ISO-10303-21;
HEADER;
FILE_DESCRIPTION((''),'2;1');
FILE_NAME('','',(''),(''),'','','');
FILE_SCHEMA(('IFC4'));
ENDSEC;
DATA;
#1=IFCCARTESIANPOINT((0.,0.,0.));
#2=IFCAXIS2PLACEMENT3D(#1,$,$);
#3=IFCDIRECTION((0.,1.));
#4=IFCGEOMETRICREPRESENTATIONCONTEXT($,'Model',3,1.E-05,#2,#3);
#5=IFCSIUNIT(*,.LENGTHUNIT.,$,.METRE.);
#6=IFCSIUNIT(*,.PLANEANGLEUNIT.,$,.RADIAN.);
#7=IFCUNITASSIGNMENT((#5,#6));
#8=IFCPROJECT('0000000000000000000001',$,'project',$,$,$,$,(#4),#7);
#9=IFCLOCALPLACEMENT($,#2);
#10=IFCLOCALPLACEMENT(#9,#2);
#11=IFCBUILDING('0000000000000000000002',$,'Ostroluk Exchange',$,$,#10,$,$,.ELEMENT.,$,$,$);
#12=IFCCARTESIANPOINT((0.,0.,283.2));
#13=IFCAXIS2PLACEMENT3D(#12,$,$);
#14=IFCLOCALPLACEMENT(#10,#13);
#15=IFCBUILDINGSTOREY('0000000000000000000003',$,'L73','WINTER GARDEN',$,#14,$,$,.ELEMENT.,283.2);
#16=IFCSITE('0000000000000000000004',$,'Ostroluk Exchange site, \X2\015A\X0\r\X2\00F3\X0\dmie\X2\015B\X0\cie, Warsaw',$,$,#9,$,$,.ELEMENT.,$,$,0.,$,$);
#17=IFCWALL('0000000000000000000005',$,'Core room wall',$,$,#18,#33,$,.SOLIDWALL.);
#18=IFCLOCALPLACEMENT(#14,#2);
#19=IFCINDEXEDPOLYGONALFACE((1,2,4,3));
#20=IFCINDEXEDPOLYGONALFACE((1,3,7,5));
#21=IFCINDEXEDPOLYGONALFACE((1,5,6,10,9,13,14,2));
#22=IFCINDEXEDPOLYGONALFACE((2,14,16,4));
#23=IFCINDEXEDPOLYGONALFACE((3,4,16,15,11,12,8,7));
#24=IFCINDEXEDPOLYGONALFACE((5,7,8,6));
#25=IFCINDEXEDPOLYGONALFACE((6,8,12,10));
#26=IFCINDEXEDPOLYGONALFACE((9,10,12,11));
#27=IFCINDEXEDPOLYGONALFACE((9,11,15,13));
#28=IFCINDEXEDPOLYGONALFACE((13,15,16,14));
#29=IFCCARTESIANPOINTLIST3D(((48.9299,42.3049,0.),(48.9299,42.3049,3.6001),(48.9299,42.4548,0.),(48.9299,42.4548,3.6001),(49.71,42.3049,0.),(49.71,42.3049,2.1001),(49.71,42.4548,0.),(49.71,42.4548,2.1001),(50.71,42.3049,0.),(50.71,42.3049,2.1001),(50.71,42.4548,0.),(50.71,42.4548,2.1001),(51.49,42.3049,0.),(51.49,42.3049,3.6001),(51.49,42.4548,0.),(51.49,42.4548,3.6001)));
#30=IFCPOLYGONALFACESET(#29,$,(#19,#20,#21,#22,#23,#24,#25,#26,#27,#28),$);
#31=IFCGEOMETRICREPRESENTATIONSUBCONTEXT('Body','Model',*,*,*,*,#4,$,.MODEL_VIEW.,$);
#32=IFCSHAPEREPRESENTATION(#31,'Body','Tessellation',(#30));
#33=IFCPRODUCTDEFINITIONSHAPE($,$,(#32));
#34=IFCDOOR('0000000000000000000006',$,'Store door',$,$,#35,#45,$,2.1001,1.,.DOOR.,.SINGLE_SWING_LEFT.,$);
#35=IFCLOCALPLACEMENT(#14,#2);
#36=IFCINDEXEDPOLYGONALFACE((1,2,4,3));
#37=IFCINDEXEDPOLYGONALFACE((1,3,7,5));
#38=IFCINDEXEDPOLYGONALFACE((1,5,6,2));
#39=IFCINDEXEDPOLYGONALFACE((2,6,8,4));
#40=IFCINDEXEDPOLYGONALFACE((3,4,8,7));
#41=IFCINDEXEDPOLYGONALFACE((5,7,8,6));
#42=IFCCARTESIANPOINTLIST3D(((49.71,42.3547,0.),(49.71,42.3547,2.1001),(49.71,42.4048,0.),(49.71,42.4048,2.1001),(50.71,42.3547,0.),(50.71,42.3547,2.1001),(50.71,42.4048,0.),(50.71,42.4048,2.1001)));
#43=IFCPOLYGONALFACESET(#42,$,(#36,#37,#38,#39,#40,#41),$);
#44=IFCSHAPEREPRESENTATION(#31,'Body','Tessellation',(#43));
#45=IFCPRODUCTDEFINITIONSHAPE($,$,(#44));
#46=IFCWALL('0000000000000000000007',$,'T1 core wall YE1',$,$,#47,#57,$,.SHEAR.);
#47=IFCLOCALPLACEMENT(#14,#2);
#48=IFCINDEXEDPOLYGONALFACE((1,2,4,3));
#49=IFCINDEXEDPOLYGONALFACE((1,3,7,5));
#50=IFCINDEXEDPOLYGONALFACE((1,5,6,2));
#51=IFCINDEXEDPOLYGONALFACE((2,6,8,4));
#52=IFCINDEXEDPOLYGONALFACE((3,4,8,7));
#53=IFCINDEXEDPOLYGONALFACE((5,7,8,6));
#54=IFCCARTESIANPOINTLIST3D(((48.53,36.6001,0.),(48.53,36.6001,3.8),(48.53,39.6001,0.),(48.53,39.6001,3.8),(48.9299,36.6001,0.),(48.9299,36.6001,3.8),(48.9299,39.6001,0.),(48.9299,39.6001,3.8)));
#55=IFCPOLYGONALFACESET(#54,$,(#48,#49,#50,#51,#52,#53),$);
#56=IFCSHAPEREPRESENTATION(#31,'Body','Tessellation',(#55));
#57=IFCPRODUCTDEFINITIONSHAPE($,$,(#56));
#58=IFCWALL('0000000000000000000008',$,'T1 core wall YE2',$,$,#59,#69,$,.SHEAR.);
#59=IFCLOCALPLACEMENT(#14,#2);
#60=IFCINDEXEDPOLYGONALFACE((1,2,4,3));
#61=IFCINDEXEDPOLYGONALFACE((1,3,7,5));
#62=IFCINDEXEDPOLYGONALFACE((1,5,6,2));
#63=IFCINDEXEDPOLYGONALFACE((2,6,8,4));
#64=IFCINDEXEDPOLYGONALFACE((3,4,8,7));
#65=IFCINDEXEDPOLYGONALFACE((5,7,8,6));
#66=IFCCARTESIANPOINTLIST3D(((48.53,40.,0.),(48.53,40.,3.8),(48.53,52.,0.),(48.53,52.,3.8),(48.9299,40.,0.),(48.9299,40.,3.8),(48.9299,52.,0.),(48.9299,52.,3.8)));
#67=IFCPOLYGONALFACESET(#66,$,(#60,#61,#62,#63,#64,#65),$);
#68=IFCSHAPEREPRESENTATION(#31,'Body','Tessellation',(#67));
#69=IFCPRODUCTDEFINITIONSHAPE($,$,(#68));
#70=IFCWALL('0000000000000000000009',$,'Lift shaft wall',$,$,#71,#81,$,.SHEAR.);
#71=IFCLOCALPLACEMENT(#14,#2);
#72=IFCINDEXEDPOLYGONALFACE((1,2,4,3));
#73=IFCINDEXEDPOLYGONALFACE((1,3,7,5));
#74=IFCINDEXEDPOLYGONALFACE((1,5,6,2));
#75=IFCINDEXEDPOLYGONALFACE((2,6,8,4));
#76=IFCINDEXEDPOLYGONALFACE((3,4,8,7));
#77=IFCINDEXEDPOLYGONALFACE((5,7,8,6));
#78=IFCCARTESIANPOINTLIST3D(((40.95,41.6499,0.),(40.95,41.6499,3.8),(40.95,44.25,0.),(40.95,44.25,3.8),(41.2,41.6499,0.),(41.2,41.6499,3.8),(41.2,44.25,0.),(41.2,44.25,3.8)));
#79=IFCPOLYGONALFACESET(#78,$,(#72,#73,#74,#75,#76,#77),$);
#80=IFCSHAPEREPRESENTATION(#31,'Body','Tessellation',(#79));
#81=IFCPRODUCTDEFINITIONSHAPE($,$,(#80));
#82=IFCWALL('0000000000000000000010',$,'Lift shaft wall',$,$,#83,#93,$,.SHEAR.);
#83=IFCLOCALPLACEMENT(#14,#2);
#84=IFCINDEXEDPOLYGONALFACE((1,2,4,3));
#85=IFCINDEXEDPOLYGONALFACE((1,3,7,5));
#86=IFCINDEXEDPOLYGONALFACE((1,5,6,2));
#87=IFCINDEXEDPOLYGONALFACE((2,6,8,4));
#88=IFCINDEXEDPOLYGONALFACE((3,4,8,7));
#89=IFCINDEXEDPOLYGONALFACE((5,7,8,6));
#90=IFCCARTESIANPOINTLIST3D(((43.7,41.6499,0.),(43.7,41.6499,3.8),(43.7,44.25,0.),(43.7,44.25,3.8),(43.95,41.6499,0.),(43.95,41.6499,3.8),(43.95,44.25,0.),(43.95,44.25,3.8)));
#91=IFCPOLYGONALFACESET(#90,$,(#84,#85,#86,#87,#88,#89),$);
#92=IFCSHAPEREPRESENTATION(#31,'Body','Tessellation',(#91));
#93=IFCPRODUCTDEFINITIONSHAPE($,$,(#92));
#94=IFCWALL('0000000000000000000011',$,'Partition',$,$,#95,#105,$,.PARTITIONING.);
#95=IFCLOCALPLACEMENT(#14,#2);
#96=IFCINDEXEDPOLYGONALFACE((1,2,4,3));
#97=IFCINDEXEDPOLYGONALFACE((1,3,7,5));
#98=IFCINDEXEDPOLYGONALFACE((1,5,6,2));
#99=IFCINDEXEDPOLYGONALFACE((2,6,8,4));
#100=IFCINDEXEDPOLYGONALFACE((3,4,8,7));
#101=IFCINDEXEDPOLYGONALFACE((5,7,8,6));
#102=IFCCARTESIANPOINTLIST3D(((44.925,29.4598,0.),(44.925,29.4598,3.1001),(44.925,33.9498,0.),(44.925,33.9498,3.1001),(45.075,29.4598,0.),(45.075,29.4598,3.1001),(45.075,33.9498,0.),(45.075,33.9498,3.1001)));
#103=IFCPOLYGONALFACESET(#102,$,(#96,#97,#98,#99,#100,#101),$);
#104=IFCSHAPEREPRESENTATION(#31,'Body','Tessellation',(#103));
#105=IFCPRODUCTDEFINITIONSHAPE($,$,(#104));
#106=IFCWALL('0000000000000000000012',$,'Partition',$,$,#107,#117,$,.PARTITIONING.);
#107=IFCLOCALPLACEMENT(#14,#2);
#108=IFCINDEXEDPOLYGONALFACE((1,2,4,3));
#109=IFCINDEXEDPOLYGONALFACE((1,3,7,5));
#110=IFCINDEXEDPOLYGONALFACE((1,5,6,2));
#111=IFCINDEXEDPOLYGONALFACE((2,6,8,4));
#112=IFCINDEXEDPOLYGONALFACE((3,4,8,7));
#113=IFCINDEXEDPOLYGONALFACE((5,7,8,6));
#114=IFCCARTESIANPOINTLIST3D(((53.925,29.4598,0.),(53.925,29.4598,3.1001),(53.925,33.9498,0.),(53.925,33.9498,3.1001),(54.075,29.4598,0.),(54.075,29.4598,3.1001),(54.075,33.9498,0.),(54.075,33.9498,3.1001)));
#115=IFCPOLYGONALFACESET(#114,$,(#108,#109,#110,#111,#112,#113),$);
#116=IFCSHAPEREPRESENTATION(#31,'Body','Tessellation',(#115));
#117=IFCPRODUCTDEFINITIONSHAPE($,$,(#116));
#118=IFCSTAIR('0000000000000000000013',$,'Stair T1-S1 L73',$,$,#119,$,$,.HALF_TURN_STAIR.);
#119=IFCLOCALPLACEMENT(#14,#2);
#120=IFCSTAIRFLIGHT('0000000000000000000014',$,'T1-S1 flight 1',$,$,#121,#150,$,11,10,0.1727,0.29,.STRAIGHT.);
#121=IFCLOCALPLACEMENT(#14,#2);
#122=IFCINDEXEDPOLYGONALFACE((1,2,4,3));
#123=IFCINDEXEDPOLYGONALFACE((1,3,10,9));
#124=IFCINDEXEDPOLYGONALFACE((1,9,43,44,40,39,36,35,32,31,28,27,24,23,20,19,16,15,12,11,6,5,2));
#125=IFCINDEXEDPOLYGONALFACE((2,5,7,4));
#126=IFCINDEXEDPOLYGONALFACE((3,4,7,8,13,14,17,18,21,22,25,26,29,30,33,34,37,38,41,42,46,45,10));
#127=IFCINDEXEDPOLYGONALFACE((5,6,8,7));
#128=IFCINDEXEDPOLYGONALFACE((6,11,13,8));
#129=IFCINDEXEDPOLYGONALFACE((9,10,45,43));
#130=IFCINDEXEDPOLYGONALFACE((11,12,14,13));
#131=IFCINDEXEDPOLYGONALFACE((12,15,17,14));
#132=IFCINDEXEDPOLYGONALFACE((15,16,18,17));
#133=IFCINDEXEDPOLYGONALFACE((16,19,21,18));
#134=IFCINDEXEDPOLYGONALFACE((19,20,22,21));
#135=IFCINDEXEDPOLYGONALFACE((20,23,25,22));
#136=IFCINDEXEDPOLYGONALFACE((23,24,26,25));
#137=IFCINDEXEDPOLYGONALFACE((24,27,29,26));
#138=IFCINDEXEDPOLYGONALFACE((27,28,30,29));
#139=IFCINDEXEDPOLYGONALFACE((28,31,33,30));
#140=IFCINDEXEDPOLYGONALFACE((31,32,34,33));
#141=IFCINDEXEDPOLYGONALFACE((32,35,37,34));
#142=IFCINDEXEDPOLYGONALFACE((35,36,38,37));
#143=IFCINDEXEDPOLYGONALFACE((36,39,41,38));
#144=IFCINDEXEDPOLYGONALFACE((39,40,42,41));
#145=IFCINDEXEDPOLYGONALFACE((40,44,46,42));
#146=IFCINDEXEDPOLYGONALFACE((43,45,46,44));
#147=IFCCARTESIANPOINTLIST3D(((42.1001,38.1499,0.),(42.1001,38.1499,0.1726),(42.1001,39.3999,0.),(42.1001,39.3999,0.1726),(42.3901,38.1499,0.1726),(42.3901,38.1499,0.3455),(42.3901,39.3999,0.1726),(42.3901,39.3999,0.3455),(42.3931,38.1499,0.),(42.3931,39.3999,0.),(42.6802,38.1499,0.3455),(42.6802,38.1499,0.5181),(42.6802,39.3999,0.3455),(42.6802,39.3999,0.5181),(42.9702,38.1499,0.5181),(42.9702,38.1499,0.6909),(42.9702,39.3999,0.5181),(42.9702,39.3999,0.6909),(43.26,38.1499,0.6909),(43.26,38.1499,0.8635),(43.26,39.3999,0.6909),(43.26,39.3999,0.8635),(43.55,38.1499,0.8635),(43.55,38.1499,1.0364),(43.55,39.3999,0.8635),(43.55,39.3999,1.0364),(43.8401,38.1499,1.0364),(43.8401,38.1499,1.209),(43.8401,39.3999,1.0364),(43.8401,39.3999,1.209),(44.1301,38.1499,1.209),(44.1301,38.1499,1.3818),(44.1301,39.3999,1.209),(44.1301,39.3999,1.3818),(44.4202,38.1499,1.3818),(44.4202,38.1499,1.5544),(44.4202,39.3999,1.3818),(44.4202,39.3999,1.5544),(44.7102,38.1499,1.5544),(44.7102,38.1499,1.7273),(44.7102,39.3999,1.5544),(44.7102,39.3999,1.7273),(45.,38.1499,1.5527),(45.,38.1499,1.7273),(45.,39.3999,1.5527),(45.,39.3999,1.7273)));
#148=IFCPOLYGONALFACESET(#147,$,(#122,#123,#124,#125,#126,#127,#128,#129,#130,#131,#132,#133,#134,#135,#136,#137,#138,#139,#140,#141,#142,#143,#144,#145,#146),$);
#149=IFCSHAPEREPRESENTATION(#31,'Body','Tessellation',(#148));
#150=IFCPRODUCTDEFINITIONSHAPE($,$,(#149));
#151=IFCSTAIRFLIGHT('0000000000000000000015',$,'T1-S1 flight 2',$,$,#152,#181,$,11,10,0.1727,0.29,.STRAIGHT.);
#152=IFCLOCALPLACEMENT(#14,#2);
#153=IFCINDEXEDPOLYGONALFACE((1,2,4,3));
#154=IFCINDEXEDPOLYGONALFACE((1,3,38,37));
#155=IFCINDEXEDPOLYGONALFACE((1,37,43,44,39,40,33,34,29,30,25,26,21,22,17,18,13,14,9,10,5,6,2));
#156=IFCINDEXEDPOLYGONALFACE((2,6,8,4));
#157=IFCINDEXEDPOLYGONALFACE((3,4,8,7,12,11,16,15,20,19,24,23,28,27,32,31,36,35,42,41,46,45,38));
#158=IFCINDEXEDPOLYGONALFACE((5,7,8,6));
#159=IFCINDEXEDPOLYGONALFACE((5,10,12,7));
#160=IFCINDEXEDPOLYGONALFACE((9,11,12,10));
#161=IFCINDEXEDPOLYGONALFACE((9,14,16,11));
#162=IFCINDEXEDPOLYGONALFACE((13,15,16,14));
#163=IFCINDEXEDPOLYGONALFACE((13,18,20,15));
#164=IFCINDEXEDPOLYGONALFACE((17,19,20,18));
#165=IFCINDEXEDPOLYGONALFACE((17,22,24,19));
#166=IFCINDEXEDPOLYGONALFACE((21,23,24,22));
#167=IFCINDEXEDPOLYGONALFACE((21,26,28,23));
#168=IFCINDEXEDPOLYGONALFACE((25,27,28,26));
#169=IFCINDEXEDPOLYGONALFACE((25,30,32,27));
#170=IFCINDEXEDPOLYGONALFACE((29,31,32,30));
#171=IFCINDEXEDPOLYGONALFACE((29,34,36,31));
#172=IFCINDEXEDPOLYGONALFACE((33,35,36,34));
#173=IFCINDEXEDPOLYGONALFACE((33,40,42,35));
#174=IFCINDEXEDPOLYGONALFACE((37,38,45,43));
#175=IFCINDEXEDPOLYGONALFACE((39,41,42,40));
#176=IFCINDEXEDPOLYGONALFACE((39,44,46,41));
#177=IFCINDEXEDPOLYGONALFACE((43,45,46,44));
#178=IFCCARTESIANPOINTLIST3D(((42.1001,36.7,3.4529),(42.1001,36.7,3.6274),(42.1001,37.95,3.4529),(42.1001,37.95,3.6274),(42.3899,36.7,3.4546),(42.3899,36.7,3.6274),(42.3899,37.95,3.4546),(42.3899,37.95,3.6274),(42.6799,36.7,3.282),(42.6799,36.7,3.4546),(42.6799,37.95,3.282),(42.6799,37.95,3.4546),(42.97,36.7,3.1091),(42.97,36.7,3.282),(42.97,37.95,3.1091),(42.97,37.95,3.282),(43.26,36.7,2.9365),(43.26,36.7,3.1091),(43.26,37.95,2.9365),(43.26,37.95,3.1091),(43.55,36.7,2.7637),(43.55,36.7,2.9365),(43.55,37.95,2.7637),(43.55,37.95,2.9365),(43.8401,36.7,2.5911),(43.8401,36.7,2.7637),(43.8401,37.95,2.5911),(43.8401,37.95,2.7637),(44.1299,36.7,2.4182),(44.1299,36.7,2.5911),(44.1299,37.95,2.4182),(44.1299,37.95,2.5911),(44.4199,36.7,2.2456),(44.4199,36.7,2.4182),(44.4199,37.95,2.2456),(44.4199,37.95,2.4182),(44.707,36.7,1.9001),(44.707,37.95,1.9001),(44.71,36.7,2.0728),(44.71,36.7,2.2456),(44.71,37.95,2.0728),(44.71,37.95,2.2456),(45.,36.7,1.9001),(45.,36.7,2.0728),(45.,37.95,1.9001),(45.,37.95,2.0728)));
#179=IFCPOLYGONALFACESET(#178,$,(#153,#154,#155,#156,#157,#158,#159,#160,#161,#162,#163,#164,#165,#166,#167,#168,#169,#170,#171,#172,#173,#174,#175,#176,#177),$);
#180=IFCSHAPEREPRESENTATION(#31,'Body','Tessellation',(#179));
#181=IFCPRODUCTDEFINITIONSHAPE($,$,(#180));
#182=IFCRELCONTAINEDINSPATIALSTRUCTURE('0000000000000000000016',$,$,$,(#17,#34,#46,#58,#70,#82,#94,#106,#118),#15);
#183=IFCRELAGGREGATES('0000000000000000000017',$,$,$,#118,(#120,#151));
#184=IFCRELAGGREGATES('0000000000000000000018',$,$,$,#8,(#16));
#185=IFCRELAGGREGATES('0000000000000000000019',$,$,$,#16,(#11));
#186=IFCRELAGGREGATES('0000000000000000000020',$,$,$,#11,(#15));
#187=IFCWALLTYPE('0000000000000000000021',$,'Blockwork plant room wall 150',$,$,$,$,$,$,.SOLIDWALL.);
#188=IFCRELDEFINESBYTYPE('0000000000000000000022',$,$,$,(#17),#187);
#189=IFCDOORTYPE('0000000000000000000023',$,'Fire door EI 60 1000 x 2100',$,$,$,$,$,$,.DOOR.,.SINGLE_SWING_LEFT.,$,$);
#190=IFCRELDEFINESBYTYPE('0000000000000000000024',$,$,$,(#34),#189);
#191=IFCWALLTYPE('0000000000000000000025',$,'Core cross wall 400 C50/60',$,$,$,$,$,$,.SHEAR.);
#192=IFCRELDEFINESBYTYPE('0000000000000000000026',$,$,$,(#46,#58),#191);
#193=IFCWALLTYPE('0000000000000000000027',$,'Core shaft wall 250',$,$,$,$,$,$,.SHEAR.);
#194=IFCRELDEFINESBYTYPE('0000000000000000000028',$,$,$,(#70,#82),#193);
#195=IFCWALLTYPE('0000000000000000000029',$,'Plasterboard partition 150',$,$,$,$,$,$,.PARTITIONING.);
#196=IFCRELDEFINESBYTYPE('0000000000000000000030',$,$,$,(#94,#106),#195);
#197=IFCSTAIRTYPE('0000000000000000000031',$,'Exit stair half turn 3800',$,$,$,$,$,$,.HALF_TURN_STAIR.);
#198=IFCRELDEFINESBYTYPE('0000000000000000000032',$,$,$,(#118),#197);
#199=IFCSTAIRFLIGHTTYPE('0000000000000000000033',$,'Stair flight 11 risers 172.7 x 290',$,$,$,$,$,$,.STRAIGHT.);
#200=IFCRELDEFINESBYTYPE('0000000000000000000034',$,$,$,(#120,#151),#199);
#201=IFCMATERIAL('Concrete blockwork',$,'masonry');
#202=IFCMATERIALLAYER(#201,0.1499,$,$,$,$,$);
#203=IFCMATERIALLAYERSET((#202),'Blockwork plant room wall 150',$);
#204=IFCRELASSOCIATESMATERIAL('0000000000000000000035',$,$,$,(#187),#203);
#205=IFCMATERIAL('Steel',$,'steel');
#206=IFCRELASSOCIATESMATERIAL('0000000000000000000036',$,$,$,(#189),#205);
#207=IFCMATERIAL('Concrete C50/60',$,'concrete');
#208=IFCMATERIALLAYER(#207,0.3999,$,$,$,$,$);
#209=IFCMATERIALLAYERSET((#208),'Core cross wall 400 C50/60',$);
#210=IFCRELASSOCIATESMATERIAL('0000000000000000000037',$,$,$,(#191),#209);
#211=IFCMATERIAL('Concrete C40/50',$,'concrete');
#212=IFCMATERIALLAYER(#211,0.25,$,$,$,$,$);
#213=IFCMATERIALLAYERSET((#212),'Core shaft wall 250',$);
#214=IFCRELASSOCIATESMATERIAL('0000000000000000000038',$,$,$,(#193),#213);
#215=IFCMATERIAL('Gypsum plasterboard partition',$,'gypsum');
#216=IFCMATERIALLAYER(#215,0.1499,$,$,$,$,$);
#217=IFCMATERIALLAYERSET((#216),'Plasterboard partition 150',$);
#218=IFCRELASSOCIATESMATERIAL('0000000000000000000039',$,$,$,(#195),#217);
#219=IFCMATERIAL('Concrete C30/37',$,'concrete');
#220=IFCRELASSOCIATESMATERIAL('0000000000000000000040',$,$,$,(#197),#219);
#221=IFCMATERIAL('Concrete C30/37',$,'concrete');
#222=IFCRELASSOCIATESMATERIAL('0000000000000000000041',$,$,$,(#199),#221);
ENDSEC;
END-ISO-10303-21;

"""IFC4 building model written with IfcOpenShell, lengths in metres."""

from ifc_helpers import new_model, si_unit, direction, frame, frame_2d, origin, place, context, subcontext, project, spatial, polyline, rectangle, outline, extrude, material, layer, layer_set, type_object, element, fill, aggregate, save


model = new_model("IFC4")

# Units and contexts
model_context = context("Model", 3, precision=1e-05, world=origin(), true_north=direction((0.0, 1.0)))
body_context = subcontext(model_context, "Body", "Model", "MODEL_VIEW")
ifc_project = project(units=[si_unit("LENGTHUNIT", "METRE"), si_unit("PLANEANGLEUNIT", "RADIAN")], contexts=[model_context])

# Site, building, storey
site_placement = place(None, origin())
site = spatial("IfcSite", under=ifc_project, at=site_placement, Name="Ostroluk Exchange site, Śródmieście, Warsaw", CompositionType="ELEMENT", RefElevation=0.0)
building_placement = place(site_placement, origin())
building = spatial("IfcBuilding", under=site, at=building_placement, Name="Ostroluk Exchange", CompositionType="ELEMENT")
storey_placement = place(building_placement, frame((0.0, 0.0, 283.2)))
storey = spatial("IfcBuildingStorey", under=building, at=storey_placement, Name="L73", Description="WINTER GARDEN", CompositionType="ELEMENT", Elevation=283.2)

# Wall, opening, door
ifc_material_1 = material(Name="Concrete blockwork", Category="masonry")
ifc_layer_1 = layer(ifc_material_1, 0.1499)
ifc_layer_set_1 = layer_set([ifc_layer_1], Name="Blockwork plant room wall 150")
wall_type_1 = type_object("IfcWallType", Name="Blockwork plant room wall 150", PredefinedType="SOLIDWALL", material=ifc_layer_set_1)
wall_1_placement = place(storey_placement, frame((48.9299, 42.3799, 0.0), z_axis=(0.0, 0.0, 1.0), x_axis=(1.0, 0.0, 0.0)))
wall_1 = element("IfcWall", 1, at=wall_1_placement, inside=storey, type_object=wall_type_1, Name="Core room wall", PredefinedType="SOLIDWALL", context=body_context, shape_type="SweptSolid", body=[
    extrude(rectangle(XDim=2.5601, YDim=0.1499, at=frame_2d((1.28, 0.0))), origin(), (0.0, 0.0, 1.0), 3.6001),
])
opening_1_placement = place(wall_1_placement, frame((0.78, 0.0, 0.0)))
opening_1 = element("IfcOpeningElement", 2, at=opening_1_placement, cuts=wall_1, PredefinedType="OPENING", context=body_context, shape_type="SweptSolid", body=[
    extrude(rectangle(XDim=1.0, YDim=2.1001, at=frame_2d((0.5, 1.05))), frame((0.0, 0.085, 0.0), z_axis=(0.0, -1.0, 0.0), x_axis=(1.0, 0.0, 0.0)), (0.0, 0.0, 1.0), 0.1699),
])
ifc_material_2 = material(Name="Steel", Category="steel")
door_type_1 = type_object("IfcDoorType", Name="Fire door EI 60 1000 x 2100", OperationType="SINGLE_SWING_LEFT", PredefinedType="DOOR", material=ifc_material_2)
door_1_placement = place(opening_1_placement, origin())
door_1 = element("IfcDoor", 3, at=door_1_placement, inside=storey, type_object=door_type_1, Name="Store door", OperationType="SINGLE_SWING_LEFT", OverallHeight=2.1001, OverallWidth=1.0, PredefinedType="DOOR", context=body_context, shape_type="SweptSolid", body=[
    extrude(rectangle(XDim=1.0, YDim=2.1001, at=frame_2d((0.5, 1.05))), frame((0.0, 0.0249, 0.0), z_axis=(0.0, -1.0, 0.0), x_axis=(1.0, 0.0, 0.0)), (0.0, 0.0, 1.0), 0.05),
])
fill(opening_1, door_1)

# Walls
ifc_material_3 = material(Name="Concrete C50/60", Category="concrete")
ifc_layer_2 = layer(ifc_material_3, 0.3999)
ifc_layer_set_2 = layer_set([ifc_layer_2], Name="Core cross wall 400 C50/60")
wall_type_2 = type_object("IfcWallType", Name="Core cross wall 400 C50/60", PredefinedType="SHEAR", material=ifc_layer_set_2)
wall_2_placement = place(storey_placement, frame((48.73, 36.6001, 0.0), z_axis=(0.0, 0.0, 1.0), x_axis=(0.0, 1.0, 0.0)))
element("IfcWall", 4, at=wall_2_placement, inside=storey, type_object=wall_type_2, Name="T1 core wall YE1", PredefinedType="SHEAR", context=body_context, shape_type="SweptSolid", body=[
    extrude(rectangle(XDim=3.0, YDim=0.3999, at=frame_2d((1.5, 0.0))), origin(), (0.0, 0.0, 1.0), 3.8),
])
wall_3_placement = place(storey_placement, frame((48.73, 40.0, 0.0), z_axis=(0.0, 0.0, 1.0), x_axis=(0.0, 1.0, 0.0)))
element("IfcWall", 5, at=wall_3_placement, inside=storey, type_object=wall_type_2, Name="T1 core wall YE2", PredefinedType="SHEAR", context=body_context, shape_type="SweptSolid", body=[
    extrude(rectangle(XDim=12.0, YDim=0.3999, at=frame_2d((6.0, 0.0))), origin(), (0.0, 0.0, 1.0), 3.8),
])

# Shared definitions
ifc_material_4 = material(Name="Concrete C40/50", Category="concrete")
ifc_layer_3 = layer(ifc_material_4, 0.25)
ifc_layer_set_3 = layer_set([ifc_layer_3], Name="Core shaft wall 250")
wall_type_3 = type_object("IfcWallType", Name="Core shaft wall 250", PredefinedType="SHEAR", material=ifc_layer_set_3)

# Walls
for number, where, z_axis, x_axis, name in (
    (6, (41.075, 44.25, 0.0), (0.0, 0.0, 1.0), (0.0, -1.0, 0.0), "Lift shaft wall"),
    (7, (43.825, 44.25, 0.0), (0.0, 0.0, 1.0), (0.0, -1.0, 0.0), "Lift shaft wall"),
):
    element("IfcWall", number, at=place(storey_placement, frame(where, z_axis=z_axis, x_axis=x_axis)), inside=storey, type_object=wall_type_3, Name=name, PredefinedType="SHEAR", context=body_context, shape_type="SweptSolid", body=[
        extrude(rectangle(XDim=2.6001, YDim=0.25, at=frame_2d((1.3, 0.0))), origin(), (0.0, 0.0, 1.0), 3.8),
    ])

# Walls
ifc_material_5 = material(Name="Gypsum plasterboard partition", Category="gypsum")
ifc_layer_4 = layer(ifc_material_5, 0.1499)
ifc_layer_set_4 = layer_set([ifc_layer_4], Name="Plasterboard partition 150")
wall_type_4 = type_object("IfcWallType", Name="Plasterboard partition 150", PredefinedType="PARTITIONING", material=ifc_layer_set_4)
for number, where, z_axis, x_axis, name in (
    (8, (45.0, 33.95, 0.0), (0.0, 0.0, 1.0), (0.0, -1.0, 0.0), "Partition"),
    (9, (54.0, 33.95, 0.0), (0.0, 0.0, 1.0), (0.0, -1.0, 0.0), "Partition"),
):
    element("IfcWall", number, at=place(storey_placement, frame(where, z_axis=z_axis, x_axis=x_axis)), inside=storey, type_object=wall_type_4, Name=name, PredefinedType="PARTITIONING", context=body_context, shape_type="SweptSolid", body=[
        extrude(rectangle(XDim=4.49, YDim=0.1499, at=frame_2d((2.2451, 0.0))), origin(), (0.0, 0.0, 1.0), 3.1001),
    ])

# Stair, stair flights
ifc_material_6 = material(Name="Concrete C30/37", Category="concrete")
stair_type = type_object("IfcStairType", Name="Exit stair half turn 3800", PredefinedType="HALF_TURN_STAIR", material=ifc_material_6)
stair_placement = place(storey_placement, origin())
stair = element("IfcStair", 10, at=stair_placement, inside=storey, type_object=stair_type, Name="Stair T1-S1 L73", PredefinedType="HALF_TURN_STAIR")
ifc_material_7 = material(Name="Concrete C30/37", Category="concrete")
stair_flight_type = type_object("IfcStairFlightType", Name="Stair flight 11 risers 172.7 x 290", PredefinedType="STRAIGHT", material=ifc_material_7)
stair_flight_1_placement = place(storey_placement, frame((42.1001, 38.7749, 0.0), z_axis=(0.0, 0.0, 1.0), x_axis=(1.0, 0.0, 0.0)))
stair_flight_1 = element("IfcStairFlight", 11, at=stair_flight_1_placement, type_object=stair_flight_type, Name="T1-S1 flight 1", NumberOfRisers=11, NumberOfTreads=10, PredefinedType="STRAIGHT", RiserHeight=0.1727, TreadLength=0.29, context=body_context, shape_type="SweptSolid", body=[
    extrude(outline(polyline([(0.0, 0.0), (0.0, 0.1726), (0.29, 0.1726), (0.29, 0.3455), (0.5801, 0.3455), (0.5801, 0.5181), (0.8701, 0.5181), (0.8701, 0.6909), (1.1599, 0.6909), (1.1599, 0.8635), (1.45, 0.8635), (1.45, 1.0364), (1.74, 1.0364), (1.74, 1.209), (2.03, 1.209), (2.03, 1.3818), (2.3201, 1.3818), (2.3201, 1.5544), (2.6101, 1.5544), (2.6101, 1.7273), (2.8999, 1.7273), (2.8999, 1.8999), (2.8999, 1.5527), (0.293, 0.0), (0.0, 0.0)])), frame((0.0, 0.625, 0.0), z_axis=(0.0, -1.0, 0.0), x_axis=(1.0, 0.0, 0.0)), (0.0, 0.0, 1.0), 1.25),
])
stair_flight_2_placement = place(storey_placement, frame((45.0, 37.325, 1.9001), z_axis=(0.0, 0.0, 1.0), x_axis=(-1.0, 0.0, 0.0)))
stair_flight_2 = element("IfcStairFlight", 12, at=stair_flight_2_placement, type_object=stair_flight_type, Name="T1-S1 flight 2", NumberOfRisers=11, NumberOfTreads=10, PredefinedType="STRAIGHT", RiserHeight=0.1727, TreadLength=0.29, context=body_context, shape_type="SweptSolid", body=[
    extrude(outline(polyline([(0.0, 0.0), (0.0, 0.1726), (0.29, 0.1726), (0.29, 0.3455), (0.5801, 0.3455), (0.5801, 0.5181), (0.8701, 0.5181), (0.8701, 0.6909), (1.1599, 0.6909), (1.1599, 0.8635), (1.45, 0.8635), (1.45, 1.0364), (1.74, 1.0364), (1.74, 1.209), (2.03, 1.209), (2.03, 1.3818), (2.3201, 1.3818), (2.3201, 1.5544), (2.6101, 1.5544), (2.6101, 1.7273), (2.8999, 1.7273), (2.8999, 1.8999), (2.8999, 1.5527), (0.293, 0.0), (0.0, 0.0)])), frame((0.0, 0.625, 0.0), z_axis=(0.0, -1.0, 0.0), x_axis=(1.0, 0.0, 0.0)), (0.0, 0.0, 1.0), 1.25),
])
aggregate(stair, [stair_flight_1, stair_flight_2])

save(model, "model.ifc")
